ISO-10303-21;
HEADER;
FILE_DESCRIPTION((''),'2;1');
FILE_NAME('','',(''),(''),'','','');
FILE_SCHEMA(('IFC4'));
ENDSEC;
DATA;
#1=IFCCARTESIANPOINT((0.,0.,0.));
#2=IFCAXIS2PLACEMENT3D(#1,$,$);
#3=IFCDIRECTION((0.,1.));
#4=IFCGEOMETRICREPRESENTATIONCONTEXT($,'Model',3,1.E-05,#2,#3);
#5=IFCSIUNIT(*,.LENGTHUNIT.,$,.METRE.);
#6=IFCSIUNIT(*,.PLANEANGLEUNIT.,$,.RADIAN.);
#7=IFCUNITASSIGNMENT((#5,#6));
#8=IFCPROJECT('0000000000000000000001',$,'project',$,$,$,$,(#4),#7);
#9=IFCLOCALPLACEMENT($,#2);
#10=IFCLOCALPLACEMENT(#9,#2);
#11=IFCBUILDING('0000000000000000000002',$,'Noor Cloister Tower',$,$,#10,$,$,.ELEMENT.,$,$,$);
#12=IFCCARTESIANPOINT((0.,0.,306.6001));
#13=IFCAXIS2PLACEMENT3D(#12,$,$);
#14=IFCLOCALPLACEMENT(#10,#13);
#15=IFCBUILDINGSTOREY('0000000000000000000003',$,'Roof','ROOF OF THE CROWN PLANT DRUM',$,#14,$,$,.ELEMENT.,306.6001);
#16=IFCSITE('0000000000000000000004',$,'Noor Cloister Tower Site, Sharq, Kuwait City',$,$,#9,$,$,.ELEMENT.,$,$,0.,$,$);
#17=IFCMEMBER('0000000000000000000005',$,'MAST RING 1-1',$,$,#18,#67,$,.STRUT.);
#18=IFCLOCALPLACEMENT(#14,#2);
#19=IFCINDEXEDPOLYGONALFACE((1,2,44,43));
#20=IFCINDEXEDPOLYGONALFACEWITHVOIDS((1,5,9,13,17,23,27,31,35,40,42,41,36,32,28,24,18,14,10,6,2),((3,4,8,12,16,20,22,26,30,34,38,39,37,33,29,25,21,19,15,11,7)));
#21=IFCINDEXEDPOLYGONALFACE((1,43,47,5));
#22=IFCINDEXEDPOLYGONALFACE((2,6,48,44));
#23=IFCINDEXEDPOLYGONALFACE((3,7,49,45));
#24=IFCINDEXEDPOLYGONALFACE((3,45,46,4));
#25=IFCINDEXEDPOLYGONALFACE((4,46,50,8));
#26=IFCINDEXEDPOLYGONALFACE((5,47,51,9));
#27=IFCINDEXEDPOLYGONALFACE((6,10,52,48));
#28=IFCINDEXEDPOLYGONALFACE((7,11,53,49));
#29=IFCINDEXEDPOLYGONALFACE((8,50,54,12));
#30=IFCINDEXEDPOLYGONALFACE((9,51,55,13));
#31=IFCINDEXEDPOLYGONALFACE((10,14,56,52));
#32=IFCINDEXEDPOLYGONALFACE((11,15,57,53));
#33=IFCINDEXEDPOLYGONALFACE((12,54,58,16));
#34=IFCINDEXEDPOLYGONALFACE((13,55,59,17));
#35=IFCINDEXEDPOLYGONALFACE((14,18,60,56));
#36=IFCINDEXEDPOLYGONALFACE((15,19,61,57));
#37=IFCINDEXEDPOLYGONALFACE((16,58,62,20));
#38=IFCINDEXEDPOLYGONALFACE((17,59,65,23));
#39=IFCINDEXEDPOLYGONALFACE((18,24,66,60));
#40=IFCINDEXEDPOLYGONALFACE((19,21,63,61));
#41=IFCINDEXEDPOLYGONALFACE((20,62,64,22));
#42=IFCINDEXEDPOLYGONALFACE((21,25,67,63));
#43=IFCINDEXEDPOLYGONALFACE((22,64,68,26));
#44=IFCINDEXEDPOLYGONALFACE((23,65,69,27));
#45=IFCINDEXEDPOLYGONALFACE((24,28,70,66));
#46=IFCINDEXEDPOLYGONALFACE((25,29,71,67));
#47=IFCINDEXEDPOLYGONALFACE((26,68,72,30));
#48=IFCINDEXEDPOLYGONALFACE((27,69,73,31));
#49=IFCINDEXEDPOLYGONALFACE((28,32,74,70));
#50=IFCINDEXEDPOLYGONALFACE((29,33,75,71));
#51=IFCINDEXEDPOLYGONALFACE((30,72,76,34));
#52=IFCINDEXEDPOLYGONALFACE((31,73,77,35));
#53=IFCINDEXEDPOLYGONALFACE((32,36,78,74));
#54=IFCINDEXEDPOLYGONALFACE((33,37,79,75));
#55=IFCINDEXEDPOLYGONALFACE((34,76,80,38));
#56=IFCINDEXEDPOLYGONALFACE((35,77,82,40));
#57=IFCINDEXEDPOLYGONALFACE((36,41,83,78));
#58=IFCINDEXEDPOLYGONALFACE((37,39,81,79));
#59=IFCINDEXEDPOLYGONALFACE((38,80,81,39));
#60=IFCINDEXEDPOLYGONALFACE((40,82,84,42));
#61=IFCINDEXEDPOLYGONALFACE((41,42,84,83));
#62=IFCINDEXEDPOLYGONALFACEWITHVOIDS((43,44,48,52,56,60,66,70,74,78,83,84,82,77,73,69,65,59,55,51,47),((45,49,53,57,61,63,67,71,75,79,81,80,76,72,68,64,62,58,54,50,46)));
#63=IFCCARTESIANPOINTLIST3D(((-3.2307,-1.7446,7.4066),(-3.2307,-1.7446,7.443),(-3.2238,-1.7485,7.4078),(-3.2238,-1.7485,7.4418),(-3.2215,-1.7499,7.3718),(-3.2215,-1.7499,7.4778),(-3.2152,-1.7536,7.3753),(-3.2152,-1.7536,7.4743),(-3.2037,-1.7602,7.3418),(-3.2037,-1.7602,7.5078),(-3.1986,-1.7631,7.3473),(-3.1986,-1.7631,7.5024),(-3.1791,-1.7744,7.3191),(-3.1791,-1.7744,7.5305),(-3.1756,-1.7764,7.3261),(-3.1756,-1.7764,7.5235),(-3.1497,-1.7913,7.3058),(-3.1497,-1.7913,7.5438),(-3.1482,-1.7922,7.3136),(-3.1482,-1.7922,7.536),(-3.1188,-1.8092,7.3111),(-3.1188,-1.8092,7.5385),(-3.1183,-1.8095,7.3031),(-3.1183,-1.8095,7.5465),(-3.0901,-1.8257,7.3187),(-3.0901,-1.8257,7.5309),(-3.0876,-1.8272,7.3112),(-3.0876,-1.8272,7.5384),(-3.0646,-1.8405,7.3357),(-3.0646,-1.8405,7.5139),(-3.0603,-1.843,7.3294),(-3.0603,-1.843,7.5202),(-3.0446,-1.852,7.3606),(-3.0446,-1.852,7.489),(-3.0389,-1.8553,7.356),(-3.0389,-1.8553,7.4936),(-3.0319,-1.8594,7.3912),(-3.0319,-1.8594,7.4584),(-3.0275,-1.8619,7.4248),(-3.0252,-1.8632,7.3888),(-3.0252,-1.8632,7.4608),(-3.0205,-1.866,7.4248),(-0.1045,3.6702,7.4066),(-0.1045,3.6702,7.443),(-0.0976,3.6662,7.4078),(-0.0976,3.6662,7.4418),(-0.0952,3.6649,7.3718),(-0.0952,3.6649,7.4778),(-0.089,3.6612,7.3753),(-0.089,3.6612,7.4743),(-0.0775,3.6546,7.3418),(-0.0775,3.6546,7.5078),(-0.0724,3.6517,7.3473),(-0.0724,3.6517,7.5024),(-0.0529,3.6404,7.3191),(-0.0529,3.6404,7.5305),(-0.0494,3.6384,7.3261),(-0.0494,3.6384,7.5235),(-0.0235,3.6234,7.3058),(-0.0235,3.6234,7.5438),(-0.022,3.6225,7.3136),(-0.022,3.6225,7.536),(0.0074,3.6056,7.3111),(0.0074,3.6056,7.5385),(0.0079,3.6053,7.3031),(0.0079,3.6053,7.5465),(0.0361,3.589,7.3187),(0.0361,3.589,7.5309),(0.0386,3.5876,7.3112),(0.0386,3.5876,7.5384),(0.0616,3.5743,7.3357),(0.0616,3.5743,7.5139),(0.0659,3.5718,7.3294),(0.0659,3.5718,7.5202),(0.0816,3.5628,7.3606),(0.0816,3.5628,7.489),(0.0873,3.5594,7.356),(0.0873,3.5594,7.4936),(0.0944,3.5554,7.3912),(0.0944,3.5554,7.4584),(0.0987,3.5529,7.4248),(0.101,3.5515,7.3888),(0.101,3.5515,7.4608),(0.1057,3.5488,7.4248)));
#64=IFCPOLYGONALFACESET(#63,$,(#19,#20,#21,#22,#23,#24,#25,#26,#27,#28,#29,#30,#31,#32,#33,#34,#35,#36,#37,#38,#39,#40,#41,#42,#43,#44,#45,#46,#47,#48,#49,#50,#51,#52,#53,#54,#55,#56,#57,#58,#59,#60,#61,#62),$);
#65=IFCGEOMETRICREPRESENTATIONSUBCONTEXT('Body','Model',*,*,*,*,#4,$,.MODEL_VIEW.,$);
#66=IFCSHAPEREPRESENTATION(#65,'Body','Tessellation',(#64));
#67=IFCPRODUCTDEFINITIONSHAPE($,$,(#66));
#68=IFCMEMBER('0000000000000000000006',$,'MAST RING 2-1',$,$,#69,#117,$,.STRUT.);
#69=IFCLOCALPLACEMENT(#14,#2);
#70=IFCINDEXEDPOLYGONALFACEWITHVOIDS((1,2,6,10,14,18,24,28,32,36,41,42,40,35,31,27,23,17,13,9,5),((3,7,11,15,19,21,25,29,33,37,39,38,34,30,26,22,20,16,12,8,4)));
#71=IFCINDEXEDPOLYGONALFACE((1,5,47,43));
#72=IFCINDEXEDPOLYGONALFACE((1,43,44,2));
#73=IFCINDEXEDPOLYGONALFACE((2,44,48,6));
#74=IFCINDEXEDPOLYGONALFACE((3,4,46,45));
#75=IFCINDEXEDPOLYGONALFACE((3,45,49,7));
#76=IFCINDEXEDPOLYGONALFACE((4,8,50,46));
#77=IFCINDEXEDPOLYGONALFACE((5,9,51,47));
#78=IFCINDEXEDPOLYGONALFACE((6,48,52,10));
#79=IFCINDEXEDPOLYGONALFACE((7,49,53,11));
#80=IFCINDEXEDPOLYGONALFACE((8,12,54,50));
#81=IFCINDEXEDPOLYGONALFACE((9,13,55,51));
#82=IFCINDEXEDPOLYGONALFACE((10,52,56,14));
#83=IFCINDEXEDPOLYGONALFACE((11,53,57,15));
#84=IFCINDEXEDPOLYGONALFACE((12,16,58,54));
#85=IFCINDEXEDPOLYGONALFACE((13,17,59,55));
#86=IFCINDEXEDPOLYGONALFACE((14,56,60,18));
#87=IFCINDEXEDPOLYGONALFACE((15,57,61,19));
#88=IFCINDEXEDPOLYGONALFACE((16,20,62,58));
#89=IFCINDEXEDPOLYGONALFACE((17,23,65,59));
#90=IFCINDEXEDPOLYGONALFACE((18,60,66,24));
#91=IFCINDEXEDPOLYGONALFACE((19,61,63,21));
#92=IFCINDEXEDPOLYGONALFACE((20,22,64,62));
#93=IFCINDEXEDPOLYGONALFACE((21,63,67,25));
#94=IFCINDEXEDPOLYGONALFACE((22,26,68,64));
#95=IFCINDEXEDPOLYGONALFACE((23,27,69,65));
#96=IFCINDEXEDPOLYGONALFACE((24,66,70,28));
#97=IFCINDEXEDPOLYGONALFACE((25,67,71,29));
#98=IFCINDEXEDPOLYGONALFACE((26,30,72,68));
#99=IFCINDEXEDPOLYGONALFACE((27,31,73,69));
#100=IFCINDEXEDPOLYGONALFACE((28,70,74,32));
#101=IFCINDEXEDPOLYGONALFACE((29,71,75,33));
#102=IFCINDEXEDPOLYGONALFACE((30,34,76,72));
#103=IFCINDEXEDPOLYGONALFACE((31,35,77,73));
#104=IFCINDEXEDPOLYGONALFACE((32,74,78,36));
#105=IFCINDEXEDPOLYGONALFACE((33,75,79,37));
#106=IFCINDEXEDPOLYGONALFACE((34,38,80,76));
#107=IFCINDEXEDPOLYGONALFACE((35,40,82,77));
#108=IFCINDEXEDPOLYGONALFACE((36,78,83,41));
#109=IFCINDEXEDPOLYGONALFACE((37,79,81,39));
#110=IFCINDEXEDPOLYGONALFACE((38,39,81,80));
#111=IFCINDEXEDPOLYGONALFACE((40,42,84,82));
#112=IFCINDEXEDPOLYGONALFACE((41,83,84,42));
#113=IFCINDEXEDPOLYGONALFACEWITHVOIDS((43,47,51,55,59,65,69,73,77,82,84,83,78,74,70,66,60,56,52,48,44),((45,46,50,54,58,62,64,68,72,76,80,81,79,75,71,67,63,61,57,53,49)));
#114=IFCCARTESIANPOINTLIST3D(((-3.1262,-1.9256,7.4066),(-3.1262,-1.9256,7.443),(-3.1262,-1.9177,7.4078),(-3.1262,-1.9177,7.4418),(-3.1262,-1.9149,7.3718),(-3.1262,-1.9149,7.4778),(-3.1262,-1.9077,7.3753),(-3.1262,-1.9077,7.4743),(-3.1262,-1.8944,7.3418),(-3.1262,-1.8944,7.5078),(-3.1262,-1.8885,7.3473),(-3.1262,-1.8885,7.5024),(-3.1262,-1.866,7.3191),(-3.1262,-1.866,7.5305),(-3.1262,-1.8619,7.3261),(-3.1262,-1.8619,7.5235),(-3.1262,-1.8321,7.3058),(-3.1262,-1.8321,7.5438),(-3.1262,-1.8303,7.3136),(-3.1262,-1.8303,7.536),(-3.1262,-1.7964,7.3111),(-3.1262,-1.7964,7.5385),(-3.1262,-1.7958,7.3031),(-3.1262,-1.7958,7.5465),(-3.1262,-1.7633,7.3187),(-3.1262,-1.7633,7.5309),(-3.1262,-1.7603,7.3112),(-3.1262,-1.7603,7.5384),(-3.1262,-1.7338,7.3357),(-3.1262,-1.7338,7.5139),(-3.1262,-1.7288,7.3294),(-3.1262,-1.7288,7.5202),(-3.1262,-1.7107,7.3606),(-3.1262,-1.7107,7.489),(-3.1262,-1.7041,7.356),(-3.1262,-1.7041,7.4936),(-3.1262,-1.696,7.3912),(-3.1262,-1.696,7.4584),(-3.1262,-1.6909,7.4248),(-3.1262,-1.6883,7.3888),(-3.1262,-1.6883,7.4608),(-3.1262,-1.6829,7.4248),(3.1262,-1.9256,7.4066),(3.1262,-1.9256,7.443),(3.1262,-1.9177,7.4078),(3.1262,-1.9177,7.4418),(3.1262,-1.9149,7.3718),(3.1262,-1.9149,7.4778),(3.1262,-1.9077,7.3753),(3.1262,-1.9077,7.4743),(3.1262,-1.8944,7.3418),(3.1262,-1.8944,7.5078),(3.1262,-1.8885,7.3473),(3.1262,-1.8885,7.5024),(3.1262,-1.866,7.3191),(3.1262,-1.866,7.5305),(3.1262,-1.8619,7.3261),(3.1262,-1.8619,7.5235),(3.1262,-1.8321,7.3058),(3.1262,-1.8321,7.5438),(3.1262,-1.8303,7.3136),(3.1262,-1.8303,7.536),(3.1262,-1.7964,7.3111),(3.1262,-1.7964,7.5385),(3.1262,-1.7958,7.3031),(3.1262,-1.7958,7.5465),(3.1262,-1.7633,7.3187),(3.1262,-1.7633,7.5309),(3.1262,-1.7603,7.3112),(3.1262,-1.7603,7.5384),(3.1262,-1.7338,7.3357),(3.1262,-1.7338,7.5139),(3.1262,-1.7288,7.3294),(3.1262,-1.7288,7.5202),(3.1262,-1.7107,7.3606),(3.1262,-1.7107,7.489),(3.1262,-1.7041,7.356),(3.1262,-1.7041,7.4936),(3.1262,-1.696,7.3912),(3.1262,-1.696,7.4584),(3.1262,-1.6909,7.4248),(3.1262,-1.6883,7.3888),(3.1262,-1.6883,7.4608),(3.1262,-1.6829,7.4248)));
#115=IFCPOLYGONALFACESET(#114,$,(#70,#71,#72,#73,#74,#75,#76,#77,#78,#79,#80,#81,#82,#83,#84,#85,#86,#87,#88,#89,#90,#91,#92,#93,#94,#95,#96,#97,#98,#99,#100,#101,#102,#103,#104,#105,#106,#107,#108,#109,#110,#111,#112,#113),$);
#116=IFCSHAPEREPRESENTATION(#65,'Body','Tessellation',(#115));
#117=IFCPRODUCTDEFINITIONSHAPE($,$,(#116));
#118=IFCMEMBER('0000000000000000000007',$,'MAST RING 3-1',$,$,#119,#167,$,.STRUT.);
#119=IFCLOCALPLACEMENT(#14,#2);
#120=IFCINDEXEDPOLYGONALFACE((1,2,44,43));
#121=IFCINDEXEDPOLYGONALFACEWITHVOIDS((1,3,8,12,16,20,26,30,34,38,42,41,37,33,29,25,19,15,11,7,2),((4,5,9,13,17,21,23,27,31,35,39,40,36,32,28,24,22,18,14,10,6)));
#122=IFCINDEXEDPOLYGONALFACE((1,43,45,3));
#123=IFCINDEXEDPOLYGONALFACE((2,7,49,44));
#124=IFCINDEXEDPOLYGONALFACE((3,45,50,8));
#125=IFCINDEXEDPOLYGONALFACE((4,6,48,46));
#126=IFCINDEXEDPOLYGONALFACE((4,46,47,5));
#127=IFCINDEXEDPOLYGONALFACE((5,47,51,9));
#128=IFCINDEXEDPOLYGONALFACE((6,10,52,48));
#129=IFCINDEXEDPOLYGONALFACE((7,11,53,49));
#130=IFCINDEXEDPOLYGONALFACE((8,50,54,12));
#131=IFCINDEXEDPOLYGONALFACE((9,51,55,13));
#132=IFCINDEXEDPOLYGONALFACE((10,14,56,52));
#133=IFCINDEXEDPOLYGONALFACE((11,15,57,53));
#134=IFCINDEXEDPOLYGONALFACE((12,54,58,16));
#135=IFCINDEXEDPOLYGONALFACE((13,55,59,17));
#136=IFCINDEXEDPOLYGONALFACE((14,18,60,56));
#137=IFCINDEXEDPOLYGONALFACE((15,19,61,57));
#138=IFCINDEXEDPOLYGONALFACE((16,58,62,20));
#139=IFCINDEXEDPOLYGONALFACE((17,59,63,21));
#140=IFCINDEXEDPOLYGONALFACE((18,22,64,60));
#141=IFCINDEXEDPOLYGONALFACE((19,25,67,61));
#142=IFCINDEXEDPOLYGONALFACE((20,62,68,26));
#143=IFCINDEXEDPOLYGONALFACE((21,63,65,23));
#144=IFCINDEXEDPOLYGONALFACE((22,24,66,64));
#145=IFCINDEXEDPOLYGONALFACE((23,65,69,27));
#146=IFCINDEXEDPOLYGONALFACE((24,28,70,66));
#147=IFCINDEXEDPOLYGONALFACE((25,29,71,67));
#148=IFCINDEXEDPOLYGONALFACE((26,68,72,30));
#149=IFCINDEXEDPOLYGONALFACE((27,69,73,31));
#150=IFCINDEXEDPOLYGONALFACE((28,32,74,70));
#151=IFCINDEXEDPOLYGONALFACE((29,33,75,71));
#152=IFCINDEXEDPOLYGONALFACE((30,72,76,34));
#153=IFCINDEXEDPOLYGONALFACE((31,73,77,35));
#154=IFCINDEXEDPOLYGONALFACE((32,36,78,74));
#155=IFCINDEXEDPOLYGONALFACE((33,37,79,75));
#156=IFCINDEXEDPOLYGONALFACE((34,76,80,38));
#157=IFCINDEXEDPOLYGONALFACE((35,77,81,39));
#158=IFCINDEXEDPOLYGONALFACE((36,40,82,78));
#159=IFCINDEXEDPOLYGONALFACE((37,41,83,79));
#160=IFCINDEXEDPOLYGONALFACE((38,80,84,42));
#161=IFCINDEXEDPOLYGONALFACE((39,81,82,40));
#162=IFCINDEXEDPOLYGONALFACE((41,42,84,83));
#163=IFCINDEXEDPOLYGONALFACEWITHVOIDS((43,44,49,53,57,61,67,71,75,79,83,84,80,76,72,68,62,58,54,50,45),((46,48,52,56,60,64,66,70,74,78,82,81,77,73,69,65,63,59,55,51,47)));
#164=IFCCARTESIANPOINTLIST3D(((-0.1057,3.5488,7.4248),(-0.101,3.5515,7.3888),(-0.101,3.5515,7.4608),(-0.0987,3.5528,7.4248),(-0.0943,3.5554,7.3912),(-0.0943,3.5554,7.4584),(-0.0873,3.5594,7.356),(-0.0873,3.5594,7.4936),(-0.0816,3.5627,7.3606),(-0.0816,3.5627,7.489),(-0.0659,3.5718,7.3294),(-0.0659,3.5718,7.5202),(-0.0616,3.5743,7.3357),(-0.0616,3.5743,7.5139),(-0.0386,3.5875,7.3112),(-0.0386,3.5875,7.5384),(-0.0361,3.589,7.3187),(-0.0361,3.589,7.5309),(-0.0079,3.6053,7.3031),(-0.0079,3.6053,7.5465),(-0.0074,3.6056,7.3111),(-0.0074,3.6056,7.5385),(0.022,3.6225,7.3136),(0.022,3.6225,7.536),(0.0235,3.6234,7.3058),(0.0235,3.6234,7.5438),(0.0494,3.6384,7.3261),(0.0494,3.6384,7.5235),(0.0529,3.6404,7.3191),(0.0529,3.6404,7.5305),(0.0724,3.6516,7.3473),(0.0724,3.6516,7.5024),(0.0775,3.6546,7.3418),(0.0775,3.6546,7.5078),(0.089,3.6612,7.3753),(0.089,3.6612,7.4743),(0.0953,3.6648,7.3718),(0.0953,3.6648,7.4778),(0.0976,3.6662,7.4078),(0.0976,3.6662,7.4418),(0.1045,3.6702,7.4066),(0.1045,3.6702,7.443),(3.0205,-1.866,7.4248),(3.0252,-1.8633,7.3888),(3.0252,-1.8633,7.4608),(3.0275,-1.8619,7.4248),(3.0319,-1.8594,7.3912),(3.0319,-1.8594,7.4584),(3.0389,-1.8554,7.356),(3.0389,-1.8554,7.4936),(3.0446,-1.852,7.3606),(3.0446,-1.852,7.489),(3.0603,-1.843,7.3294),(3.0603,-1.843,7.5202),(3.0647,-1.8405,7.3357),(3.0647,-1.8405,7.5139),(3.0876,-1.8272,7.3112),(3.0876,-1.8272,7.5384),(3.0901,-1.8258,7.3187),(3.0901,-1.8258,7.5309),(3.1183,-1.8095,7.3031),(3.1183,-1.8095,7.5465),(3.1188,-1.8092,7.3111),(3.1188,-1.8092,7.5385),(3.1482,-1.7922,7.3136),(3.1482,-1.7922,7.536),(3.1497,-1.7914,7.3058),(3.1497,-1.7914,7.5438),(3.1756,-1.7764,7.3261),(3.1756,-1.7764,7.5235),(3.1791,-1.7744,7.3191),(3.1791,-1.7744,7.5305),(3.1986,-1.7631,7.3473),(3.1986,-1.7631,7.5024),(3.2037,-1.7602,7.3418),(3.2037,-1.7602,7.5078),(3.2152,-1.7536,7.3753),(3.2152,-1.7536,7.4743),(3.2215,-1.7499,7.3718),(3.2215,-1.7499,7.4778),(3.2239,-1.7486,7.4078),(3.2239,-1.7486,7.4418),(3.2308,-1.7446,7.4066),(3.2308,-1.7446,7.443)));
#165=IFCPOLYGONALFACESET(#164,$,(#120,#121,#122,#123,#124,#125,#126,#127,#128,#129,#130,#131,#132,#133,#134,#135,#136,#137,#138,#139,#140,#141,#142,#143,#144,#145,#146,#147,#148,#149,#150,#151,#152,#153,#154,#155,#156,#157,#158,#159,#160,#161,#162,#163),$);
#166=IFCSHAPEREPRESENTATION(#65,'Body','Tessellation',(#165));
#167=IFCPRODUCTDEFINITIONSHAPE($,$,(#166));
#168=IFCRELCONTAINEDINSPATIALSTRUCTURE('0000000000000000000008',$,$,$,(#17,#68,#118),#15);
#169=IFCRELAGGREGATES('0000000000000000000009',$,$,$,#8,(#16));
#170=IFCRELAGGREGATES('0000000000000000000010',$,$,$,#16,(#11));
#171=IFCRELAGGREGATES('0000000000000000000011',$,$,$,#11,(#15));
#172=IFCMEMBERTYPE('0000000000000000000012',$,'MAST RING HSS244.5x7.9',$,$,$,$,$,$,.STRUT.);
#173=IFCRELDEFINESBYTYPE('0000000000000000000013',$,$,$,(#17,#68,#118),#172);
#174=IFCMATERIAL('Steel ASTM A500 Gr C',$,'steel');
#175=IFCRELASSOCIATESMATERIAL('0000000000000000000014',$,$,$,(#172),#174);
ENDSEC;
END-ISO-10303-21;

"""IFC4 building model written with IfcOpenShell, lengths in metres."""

from ifc_helpers import new_model, si_unit, direction, frame, origin, origin_2d, place, context, subcontext, project, spatial, hollow_circle, extrude, material, material_profile, profile_set, type_object, element, save


model = new_model("IFC4")

# Units and contexts
model_context = context("Model", 3, precision=1e-05, world=origin(), true_north=direction((0.0, 1.0)))
body_context = subcontext(model_context, "Body", "Model", "MODEL_VIEW")
ifc_project = project(units=[si_unit("LENGTHUNIT", "METRE"), si_unit("PLANEANGLEUNIT", "RADIAN")], contexts=[model_context])

# Site, building, storey
site_placement = place(None, origin())
site = spatial("IfcSite", under=ifc_project, at=site_placement, Name="Noor Cloister Tower Site, Sharq, Kuwait City", CompositionType="ELEMENT", RefElevation=0.0)
building_placement = place(site_placement, origin())
building = spatial("IfcBuilding", under=site, at=building_placement, Name="Noor Cloister Tower", CompositionType="ELEMENT")
storey_placement = place(building_placement, frame((0.0, 0.0, 306.6001)))
storey = spatial("IfcBuildingStorey", under=building, at=storey_placement, Name="Roof", Description="ROOF OF THE CROWN PLANT DRUM", CompositionType="ELEMENT", Elevation=306.6001)

# Members
ifc_material_1 = material(Name="Steel ASTM A500 Gr C", Category="steel")
ifc_material_profile_1 = material_profile(ifc_material_1, hollow_circle(Radius=0.1221, WallThickness=0.0081, at=origin_2d()), Name="HSS244.5x7.9")
ifc_profile_set_1 = profile_set([ifc_material_profile_1], Name="Steel ASTM A500 Gr C")
member_type_1 = type_object("IfcMemberType", Name="MAST RING HSS244.5x7.9", PredefinedType="STRUT", material=ifc_profile_set_1)
for number, where, z_axis, x_axis, name in (
    (1, (0.0, 3.6099, 7.4248), (-0.499998, -0.866026, 0.0), (0.866026, -0.499998, 0.0), "MAST RING 1-1"),
    (2, (-3.1262, -1.8049, 7.4248), (1.0, 0.0, 0.0), (0.0, 1.0, 0.0), "MAST RING 2-1"),
    (3, (3.1262, -1.8049, 7.4248), (-0.499998, 0.866026, 0.0), (-0.866026, -0.499998, 0.0), "MAST RING 3-1"),
):
    element("IfcMember", number, at=place(storey_placement, frame(where, z_axis=z_axis, x_axis=x_axis)), inside=storey, type_object=member_type_1, Name=name, PredefinedType="STRUT", context=body_context, shape_type="SweptSolid", body=[
        extrude(hollow_circle(Radius=0.1221, WallThickness=0.0081, at=origin_2d()), origin(), (0.0, 0.0, 1.0), 6.2524),
    ])

save(model, "model.ifc")
